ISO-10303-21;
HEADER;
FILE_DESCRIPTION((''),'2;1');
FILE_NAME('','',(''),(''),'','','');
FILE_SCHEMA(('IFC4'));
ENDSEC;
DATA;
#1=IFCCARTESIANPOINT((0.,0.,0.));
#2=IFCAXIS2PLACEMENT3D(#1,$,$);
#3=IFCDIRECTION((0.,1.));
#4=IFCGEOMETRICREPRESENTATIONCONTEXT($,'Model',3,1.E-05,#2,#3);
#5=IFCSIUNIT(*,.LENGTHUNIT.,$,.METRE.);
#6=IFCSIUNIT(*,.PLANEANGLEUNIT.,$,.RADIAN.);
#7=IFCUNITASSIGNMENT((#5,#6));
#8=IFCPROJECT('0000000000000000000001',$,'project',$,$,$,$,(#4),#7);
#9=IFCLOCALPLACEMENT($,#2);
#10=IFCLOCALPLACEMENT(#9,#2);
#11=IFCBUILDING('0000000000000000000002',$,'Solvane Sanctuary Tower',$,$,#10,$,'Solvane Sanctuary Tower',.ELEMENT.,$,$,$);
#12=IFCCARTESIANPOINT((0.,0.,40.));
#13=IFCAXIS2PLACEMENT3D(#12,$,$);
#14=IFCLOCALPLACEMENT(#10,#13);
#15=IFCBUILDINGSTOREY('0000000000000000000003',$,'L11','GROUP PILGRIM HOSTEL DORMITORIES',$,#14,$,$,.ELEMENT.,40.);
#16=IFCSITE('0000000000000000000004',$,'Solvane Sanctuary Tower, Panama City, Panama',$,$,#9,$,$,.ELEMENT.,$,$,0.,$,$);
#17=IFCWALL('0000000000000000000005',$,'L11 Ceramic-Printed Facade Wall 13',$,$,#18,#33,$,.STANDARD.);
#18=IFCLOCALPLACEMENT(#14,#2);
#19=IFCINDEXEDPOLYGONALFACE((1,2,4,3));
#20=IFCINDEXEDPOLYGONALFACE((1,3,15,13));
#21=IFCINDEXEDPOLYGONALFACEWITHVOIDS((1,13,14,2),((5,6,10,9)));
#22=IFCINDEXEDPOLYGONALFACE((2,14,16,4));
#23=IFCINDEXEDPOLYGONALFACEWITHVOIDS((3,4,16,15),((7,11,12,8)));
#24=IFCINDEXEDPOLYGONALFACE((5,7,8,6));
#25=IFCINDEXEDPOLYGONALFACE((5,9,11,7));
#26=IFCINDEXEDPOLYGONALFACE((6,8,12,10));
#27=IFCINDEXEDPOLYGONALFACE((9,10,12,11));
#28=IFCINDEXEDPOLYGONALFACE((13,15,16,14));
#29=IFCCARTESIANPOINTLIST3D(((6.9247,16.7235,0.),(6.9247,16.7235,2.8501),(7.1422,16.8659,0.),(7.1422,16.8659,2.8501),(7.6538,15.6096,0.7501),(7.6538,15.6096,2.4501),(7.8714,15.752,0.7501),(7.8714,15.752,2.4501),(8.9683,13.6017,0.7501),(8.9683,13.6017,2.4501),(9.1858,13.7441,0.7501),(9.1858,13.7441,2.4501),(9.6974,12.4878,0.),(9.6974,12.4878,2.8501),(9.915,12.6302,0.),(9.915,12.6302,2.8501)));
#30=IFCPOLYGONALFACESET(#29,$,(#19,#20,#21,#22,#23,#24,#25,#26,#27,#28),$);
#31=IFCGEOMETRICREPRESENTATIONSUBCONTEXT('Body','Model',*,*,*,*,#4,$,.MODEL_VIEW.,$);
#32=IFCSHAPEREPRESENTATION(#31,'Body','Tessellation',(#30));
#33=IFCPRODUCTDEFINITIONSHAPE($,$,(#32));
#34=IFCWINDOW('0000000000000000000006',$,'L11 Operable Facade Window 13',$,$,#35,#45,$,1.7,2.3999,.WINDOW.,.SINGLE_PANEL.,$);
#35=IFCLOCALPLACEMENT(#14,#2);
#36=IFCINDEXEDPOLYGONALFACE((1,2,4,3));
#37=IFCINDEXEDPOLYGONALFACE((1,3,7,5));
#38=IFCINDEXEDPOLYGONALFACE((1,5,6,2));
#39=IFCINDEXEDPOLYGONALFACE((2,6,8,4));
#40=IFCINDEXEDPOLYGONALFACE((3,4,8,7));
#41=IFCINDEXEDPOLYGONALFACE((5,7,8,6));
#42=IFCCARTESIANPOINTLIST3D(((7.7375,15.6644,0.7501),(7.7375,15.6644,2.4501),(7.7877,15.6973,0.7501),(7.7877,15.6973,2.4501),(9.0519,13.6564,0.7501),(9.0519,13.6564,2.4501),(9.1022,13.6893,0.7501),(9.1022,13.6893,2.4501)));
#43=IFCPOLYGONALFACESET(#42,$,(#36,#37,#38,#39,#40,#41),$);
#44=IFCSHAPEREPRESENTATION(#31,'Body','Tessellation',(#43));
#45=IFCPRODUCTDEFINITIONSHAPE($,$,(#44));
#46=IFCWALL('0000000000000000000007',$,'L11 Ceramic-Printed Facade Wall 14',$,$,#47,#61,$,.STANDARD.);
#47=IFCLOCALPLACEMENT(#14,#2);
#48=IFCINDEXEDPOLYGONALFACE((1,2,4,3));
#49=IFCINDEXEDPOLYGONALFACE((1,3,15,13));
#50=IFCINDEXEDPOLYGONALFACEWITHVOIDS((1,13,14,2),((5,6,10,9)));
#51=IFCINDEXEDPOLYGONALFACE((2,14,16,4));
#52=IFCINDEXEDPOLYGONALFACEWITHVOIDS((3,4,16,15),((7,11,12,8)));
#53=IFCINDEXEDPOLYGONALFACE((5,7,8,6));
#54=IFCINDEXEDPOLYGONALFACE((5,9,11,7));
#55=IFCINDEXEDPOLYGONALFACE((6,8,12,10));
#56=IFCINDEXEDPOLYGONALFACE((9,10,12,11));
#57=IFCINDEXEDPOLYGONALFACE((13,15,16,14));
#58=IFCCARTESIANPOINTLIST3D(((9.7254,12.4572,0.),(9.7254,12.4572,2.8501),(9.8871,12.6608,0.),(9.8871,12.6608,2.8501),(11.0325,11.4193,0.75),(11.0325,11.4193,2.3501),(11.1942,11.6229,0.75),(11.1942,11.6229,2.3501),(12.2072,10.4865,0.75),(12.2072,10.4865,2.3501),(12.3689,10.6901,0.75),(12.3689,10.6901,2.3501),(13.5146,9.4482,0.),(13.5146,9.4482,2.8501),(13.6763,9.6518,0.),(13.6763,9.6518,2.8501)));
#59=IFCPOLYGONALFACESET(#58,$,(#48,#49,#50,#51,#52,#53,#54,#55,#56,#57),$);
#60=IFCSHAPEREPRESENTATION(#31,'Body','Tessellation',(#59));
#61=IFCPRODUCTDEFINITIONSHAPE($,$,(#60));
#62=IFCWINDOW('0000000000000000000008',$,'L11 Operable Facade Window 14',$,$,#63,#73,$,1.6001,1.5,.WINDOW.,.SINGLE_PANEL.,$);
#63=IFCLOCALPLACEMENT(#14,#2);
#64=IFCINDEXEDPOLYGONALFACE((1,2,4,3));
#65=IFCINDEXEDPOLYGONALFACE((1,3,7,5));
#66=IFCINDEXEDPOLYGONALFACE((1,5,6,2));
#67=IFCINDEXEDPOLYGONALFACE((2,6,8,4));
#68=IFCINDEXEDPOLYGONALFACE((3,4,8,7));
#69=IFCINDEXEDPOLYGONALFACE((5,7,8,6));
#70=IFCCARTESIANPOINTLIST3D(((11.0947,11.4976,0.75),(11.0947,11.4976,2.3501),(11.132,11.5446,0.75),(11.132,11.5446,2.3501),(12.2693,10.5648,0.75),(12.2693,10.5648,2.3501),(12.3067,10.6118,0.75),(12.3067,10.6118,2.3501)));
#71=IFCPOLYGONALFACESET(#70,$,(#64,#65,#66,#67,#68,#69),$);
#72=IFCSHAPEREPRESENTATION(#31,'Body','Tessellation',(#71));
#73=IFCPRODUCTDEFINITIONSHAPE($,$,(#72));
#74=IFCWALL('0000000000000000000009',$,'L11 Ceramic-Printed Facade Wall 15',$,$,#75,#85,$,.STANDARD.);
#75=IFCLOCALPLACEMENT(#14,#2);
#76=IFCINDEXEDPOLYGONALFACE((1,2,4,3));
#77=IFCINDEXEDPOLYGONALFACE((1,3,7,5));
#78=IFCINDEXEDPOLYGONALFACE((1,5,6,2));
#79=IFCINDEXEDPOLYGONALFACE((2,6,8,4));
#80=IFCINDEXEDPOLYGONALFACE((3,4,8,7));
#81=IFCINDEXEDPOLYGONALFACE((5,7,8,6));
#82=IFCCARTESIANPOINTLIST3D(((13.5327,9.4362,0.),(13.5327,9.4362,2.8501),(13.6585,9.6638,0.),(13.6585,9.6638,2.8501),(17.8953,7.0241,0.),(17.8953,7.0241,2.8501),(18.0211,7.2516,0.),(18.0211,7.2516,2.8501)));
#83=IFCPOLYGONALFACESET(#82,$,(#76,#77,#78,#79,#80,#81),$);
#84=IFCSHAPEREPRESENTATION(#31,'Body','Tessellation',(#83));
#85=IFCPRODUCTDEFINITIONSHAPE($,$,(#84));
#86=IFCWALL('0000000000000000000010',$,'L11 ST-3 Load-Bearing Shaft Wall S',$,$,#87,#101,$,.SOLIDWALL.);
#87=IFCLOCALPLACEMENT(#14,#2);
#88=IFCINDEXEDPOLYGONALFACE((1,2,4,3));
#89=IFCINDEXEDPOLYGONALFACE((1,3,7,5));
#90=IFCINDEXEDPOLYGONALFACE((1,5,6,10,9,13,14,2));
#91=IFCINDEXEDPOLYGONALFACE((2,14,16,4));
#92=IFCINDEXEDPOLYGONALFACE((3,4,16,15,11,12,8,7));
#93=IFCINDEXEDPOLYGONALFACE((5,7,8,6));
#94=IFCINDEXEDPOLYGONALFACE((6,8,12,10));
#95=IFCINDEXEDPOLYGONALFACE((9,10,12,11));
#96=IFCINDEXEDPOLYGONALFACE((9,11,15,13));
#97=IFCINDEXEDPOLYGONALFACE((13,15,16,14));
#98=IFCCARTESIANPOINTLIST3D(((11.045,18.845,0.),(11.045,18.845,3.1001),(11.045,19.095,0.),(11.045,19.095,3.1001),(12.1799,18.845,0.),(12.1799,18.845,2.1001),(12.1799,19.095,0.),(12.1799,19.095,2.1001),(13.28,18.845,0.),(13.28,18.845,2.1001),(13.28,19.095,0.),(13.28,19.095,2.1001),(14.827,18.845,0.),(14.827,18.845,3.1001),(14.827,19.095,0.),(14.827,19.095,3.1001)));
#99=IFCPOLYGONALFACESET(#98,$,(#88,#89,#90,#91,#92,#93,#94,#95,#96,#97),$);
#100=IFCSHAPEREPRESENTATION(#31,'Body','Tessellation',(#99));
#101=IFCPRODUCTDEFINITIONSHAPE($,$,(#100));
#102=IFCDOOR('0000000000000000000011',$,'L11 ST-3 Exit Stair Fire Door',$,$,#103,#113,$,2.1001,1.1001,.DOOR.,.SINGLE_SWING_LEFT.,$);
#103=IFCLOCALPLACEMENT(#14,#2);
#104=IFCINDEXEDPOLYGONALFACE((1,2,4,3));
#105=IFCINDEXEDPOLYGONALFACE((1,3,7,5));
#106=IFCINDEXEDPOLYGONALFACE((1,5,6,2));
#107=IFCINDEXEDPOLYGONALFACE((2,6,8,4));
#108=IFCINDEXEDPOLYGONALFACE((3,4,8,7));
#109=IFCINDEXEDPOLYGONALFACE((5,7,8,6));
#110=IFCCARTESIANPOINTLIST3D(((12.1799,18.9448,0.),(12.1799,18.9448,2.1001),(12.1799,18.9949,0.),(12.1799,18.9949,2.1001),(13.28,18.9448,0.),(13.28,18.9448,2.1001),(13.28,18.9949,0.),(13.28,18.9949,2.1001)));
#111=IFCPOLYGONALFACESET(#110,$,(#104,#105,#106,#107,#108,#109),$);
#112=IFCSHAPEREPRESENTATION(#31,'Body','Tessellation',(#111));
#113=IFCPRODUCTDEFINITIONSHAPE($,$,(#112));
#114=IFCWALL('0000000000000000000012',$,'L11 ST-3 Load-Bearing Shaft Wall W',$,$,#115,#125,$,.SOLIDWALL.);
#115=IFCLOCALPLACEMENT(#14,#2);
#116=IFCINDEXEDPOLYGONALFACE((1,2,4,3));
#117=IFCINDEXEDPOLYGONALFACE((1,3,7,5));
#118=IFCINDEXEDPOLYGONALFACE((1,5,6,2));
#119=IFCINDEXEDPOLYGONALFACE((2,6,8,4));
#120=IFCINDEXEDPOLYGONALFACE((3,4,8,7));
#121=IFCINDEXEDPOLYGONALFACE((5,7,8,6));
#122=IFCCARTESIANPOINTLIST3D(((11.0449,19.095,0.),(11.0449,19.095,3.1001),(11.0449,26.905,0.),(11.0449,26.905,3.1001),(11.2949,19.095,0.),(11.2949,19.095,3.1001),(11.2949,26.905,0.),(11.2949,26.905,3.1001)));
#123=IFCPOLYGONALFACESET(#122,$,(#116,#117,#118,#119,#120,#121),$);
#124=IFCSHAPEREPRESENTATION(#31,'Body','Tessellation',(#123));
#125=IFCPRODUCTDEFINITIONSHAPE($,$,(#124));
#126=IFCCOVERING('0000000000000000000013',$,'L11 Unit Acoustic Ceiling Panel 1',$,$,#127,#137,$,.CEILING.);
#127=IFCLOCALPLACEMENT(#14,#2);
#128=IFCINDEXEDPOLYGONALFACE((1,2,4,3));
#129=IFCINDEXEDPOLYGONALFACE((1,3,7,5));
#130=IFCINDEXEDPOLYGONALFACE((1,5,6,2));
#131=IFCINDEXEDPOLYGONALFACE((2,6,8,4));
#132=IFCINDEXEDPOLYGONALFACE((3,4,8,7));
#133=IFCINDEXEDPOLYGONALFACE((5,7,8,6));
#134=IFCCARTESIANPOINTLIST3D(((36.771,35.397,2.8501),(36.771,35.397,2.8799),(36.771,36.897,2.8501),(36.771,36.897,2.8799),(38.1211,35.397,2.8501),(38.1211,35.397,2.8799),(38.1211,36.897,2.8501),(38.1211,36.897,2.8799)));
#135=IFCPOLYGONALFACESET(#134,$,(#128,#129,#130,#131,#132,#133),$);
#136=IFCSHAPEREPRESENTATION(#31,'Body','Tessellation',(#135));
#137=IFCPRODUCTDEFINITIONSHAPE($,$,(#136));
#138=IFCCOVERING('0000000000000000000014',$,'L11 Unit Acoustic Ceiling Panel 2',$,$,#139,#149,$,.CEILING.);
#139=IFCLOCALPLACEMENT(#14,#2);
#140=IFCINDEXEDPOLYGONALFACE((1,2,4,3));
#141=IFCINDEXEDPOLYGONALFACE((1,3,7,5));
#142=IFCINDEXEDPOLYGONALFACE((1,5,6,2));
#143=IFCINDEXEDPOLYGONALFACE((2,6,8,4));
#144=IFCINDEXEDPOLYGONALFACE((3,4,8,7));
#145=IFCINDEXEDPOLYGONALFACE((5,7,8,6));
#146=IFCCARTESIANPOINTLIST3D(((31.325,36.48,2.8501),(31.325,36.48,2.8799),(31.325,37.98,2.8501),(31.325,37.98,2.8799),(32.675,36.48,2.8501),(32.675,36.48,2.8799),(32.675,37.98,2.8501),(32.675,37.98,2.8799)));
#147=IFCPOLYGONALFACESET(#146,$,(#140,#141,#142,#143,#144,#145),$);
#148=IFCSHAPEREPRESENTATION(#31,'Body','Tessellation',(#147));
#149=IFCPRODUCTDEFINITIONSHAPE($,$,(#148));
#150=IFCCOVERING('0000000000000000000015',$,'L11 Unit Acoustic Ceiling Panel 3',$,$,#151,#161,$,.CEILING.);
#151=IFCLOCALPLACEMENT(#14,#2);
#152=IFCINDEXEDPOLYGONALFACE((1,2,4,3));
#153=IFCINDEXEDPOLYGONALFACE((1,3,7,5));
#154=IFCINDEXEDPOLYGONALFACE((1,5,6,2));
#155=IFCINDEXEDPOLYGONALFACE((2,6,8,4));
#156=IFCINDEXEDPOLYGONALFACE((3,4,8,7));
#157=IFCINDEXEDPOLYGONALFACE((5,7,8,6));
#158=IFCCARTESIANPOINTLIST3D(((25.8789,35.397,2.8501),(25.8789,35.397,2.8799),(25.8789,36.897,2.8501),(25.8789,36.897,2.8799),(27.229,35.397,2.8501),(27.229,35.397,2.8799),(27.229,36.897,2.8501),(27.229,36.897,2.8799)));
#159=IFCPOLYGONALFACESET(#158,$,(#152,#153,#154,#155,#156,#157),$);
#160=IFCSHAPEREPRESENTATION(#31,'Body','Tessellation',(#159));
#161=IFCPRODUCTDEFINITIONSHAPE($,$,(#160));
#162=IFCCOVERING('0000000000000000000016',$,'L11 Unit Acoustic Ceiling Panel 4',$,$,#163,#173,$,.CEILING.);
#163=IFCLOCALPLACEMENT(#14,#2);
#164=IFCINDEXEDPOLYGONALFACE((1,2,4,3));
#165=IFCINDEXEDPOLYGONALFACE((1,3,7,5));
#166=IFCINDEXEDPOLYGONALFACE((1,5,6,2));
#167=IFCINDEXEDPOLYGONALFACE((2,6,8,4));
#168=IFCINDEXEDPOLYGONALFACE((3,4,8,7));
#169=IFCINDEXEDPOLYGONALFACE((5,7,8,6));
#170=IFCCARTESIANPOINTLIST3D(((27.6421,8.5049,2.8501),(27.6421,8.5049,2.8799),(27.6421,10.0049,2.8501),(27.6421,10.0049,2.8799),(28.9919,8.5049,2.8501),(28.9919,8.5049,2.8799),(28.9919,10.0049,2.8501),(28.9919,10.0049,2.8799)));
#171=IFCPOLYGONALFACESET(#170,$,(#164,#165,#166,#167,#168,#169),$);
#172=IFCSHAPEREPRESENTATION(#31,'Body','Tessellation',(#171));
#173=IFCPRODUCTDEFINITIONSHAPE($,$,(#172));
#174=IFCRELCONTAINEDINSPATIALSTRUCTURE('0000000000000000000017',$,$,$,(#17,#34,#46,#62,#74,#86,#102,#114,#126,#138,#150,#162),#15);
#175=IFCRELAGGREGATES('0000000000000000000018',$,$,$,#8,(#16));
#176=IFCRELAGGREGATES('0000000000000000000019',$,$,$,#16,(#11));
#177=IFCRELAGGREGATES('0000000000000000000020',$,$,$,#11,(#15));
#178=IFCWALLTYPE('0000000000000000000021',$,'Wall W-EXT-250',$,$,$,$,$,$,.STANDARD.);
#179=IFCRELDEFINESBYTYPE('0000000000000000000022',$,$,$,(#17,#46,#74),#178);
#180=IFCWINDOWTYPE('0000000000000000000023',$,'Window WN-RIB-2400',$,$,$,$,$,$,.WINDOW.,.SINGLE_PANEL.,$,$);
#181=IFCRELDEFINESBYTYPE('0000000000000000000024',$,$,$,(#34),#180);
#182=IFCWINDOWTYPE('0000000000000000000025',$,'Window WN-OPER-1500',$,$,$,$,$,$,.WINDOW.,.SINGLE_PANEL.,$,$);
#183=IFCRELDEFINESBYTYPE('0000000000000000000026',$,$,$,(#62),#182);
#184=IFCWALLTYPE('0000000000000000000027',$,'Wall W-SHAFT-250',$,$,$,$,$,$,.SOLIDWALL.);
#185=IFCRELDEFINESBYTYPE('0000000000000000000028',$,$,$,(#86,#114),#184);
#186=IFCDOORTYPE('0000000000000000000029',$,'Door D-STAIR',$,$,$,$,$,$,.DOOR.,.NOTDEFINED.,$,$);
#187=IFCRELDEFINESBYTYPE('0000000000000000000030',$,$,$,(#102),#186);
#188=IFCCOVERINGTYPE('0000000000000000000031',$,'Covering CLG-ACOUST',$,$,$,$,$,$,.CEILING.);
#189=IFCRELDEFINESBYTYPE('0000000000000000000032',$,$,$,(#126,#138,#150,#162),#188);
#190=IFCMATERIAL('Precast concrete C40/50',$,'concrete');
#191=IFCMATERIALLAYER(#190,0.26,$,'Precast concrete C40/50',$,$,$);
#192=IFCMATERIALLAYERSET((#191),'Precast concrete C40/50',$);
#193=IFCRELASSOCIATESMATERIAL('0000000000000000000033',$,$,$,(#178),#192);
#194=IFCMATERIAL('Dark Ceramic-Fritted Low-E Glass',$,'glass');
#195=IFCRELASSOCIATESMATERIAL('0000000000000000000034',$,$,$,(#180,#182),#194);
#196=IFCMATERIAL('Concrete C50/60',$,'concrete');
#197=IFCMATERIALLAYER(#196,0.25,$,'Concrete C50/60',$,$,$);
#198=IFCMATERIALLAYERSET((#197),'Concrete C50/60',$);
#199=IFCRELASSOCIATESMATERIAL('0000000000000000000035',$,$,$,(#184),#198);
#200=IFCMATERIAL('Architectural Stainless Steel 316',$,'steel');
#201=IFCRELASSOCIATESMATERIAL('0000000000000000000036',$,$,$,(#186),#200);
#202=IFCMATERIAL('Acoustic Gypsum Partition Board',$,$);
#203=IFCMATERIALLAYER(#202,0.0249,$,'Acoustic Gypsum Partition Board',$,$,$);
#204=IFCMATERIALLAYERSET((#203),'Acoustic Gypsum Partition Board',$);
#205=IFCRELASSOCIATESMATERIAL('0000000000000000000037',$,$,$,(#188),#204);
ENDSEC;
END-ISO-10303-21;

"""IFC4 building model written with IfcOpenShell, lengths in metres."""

from ifc_helpers import new_model, si_unit, direction, frame, frame_2d, origin, place, context, subcontext, project, spatial, polyline, rectangle, outline, extrude, material, layer, layer_set, type_object, element, fill, save


model = new_model("IFC4")

# Units and contexts
model_context = context("Model", 3, precision=1e-05, world=origin(), true_north=direction((0.0, 1.0)))
body_context = subcontext(model_context, "Body", "Model", "MODEL_VIEW")
ifc_project = project(units=[si_unit("LENGTHUNIT", "METRE"), si_unit("PLANEANGLEUNIT", "RADIAN")], contexts=[model_context])

# Site, building, storey
site_placement = place(None, origin())
site = spatial("IfcSite", under=ifc_project, at=site_placement, Name="Solvane Sanctuary Tower, Panama City, Panama", CompositionType="ELEMENT", RefElevation=0.0)
building_placement = place(site_placement, origin())
building = spatial("IfcBuilding", under=site, at=building_placement, Name="Solvane Sanctuary Tower", LongName="Solvane Sanctuary Tower", CompositionType="ELEMENT")
storey_placement = place(building_placement, frame((0.0, 0.0, 40.0)))
storey = spatial("IfcBuildingStorey", under=building, at=storey_placement, Name="L11", Description="GROUP PILGRIM HOSTEL DORMITORIES", CompositionType="ELEMENT", Elevation=40.0)

# Shared definitions
ifc_material_1 = material(Name="Precast concrete C40/50", Category="concrete")

# Shared definitions
ifc_material_2 = material(Name="Acoustic Gypsum Partition Board")

# Walls, openings, windows
ifc_layer_1 = layer(ifc_material_1, 0.26, Name="Precast concrete C40/50")
ifc_layer_set_1 = layer_set([ifc_layer_1], Name="Precast concrete C40/50")
wall_type_1 = type_object("IfcWallType", Name="Wall W-EXT-250", PredefinedType="STANDARD", material=ifc_layer_set_1)
wall_1_placement = place(storey_placement, frame((7.0334, 16.7947, 0.0), z_axis=(0.0, 0.0, 1.0), x_axis=(0.547703, -0.836673, 0.0)))
wall_1 = element("IfcWall", 1, at=wall_1_placement, inside=storey, type_object=wall_type_1, Name="L11 Ceramic-Printed Facade Wall 13", PredefinedType="STANDARD", context=body_context, shape_type="SweptSolid", body=[
    extrude(rectangle(XDim=5.0625, YDim=0.26, at=frame_2d((2.5312, 0.0))), origin(), (0.0, 0.0, 1.0), 2.8501),
])
opening_1_placement = place(wall_1_placement, frame((1.3313, 0.0, 0.75)))
opening_1 = element("IfcOpeningElement", 2, at=opening_1_placement, cuts=wall_1, PredefinedType="OPENING", context=body_context, shape_type="SweptSolid", body=[
    extrude(rectangle(XDim=2.3999, YDim=1.7, at=frame_2d((1.2, 0.8501))), frame((0.0, 0.1399, 0.0), z_axis=(0.0, -1.0, 0.0), x_axis=(1.0, 0.0, 0.0)), (0.0, 0.0, 1.0), 0.28),
])
ifc_material_3 = material(Name="Dark Ceramic-Fritted Low-E Glass", Category="glass")
window_type_1 = type_object("IfcWindowType", Name="Window WN-RIB-2400", PartitioningType="SINGLE_PANEL", PredefinedType="WINDOW", material=ifc_material_3)
window_1_placement = place(opening_1_placement, origin())
window_1 = element("IfcWindow", 3, at=window_1_placement, inside=storey, type_object=window_type_1, Name="L11 Operable Facade Window 13", OverallHeight=1.7, OverallWidth=2.3999, PartitioningType="SINGLE_PANEL", PredefinedType="WINDOW", context=body_context, shape_type="SweptSolid", body=[
    extrude(rectangle(XDim=2.3999, YDim=1.7, at=frame_2d((1.2, 0.8501))), frame((0.0, 0.03, 0.0), z_axis=(0.0, -1.0, 0.0), x_axis=(1.0, 0.0, 0.0)), (0.0, 0.0, 1.0), 0.0601),
])
fill(opening_1, window_1)
wall_2_placement = place(storey_placement, frame((9.8062, 12.5591, 0.0), z_axis=(0.0, 0.0, 1.0), x_axis=(0.783123, -0.621867, 0.0)))
wall_2 = element("IfcWall", 4, at=wall_2_placement, inside=storey, type_object=wall_type_1, Name="L11 Ceramic-Printed Facade Wall 14", PredefinedType="STANDARD", context=body_context, shape_type="SweptSolid", body=[
    extrude(rectangle(XDim=4.8386, YDim=0.26, at=frame_2d((2.4194, 0.0))), origin(), (0.0, 0.0, 1.0), 2.8501),
])
opening_2_placement = place(wall_2_placement, frame((1.6692, 0.0, 0.75)))
opening_2 = element("IfcOpeningElement", 5, at=opening_2_placement, cuts=wall_2, PredefinedType="OPENING", context=body_context, shape_type="SweptSolid", body=[
    extrude(rectangle(XDim=1.5, YDim=1.6001, at=frame_2d((0.75, 0.8))), frame((0.0, 0.1399, 0.0), z_axis=(0.0, -1.0, 0.0), x_axis=(1.0, 0.0, 0.0)), (0.0, 0.0, 1.0), 0.28),
])
window_type_2 = type_object("IfcWindowType", Name="Window WN-OPER-1500", PartitioningType="SINGLE_PANEL", PredefinedType="WINDOW", material=ifc_material_3)
window_2_placement = place(opening_2_placement, origin())
window_2 = element("IfcWindow", 6, at=window_2_placement, inside=storey, type_object=window_type_2, Name="L11 Operable Facade Window 14", OverallHeight=1.6001, OverallWidth=1.5, PartitioningType="SINGLE_PANEL", PredefinedType="WINDOW", context=body_context, shape_type="SweptSolid", body=[
    extrude(rectangle(XDim=1.5, YDim=1.6001, at=frame_2d((0.75, 0.8))), frame((0.0, 0.03, 0.0), z_axis=(0.0, -1.0, 0.0), x_axis=(1.0, 0.0, 0.0)), (0.0, 0.0, 1.0), 0.0601),
])
fill(opening_2, window_2)

# Wall
wall_3_placement = place(storey_placement, frame((13.5955, 9.55, 0.0), z_axis=(0.0, 0.0, 1.0), x_axis=(0.875137, -0.483875, 0.0)))
element("IfcWall", 7, at=wall_3_placement, inside=storey, type_object=wall_type_1, Name="L11 Ceramic-Printed Facade Wall 15", PredefinedType="STANDARD", context=body_context, shape_type="SweptSolid", body=[
    extrude(rectangle(XDim=4.9851, YDim=0.26, at=frame_2d((2.4927, 0.0))), origin(), (0.0, 0.0, 1.0), 2.8501),
])

# Wall, opening, door
ifc_material_4 = material(Name="Concrete C50/60", Category="concrete")
ifc_layer_2 = layer(ifc_material_4, 0.25, Name="Concrete C50/60")
ifc_layer_set_2 = layer_set([ifc_layer_2], Name="Concrete C50/60")
wall_type_2 = type_object("IfcWallType", Name="Wall W-SHAFT-250", PredefinedType="SOLIDWALL", material=ifc_layer_set_2)
wall_4_placement = place(storey_placement, frame((11.0449, 18.97, 0.0), z_axis=(0.0, 0.0, 1.0), x_axis=(1.0, 0.0, 0.0)))
wall_4 = element("IfcWall", 8, at=wall_4_placement, inside=storey, type_object=wall_type_2, Name="L11 ST-3 Load-Bearing Shaft Wall S", PredefinedType="SOLIDWALL", context=body_context, shape_type="SweptSolid", body=[
    extrude(rectangle(XDim=3.782, YDim=0.25, at=frame_2d((1.8911, 0.0))), origin(), (0.0, 0.0, 1.0), 3.1001),
])
opening_3_placement = place(wall_4_placement, frame((1.135, 0.0, 0.0)))
opening_3 = element("IfcOpeningElement", 9, at=opening_3_placement, cuts=wall_4, PredefinedType="OPENING", context=body_context, shape_type="SweptSolid", body=[
    extrude(rectangle(XDim=1.1001, YDim=2.1001, at=frame_2d((0.55, 1.05))), frame((0.0, 0.135, 0.0), z_axis=(0.0, -1.0, 0.0), x_axis=(1.0, 0.0, 0.0)), (0.0, 0.0, 1.0), 0.27),
])
ifc_material_5 = material(Name="Architectural Stainless Steel 316", Category="steel")
door_type_1 = type_object("IfcDoorType", Name="Door D-STAIR", OperationType="NOTDEFINED", PredefinedType="DOOR", material=ifc_material_5)
door_1_placement = place(opening_3_placement, origin())
door_1 = element("IfcDoor", 10, at=door_1_placement, inside=storey, type_object=door_type_1, Name="L11 ST-3 Exit Stair Fire Door", OperationType="SINGLE_SWING_LEFT", OverallHeight=2.1001, OverallWidth=1.1001, PredefinedType="DOOR", context=body_context, shape_type="SweptSolid", body=[
    extrude(rectangle(XDim=1.1001, YDim=2.1001, at=frame_2d((0.55, 1.05))), frame((0.0, 0.0249, 0.0), z_axis=(0.0, -1.0, 0.0), x_axis=(1.0, 0.0, 0.0)), (0.0, 0.0, 1.0), 0.05),
])
fill(opening_3, door_1)

# Wall
wall_5_placement = place(storey_placement, frame((11.1699, 19.095, 0.0), z_axis=(0.0, 0.0, 1.0), x_axis=(0.0, 1.0, 0.0)))
element("IfcWall", 11, at=wall_5_placement, inside=storey, type_object=wall_type_2, Name="L11 ST-3 Load-Bearing Shaft Wall W", PredefinedType="SOLIDWALL", context=body_context, shape_type="SweptSolid", body=[
    extrude(rectangle(XDim=7.8101, YDim=0.25, at=frame_2d((3.905, 0.0))), origin(), (0.0, 0.0, 1.0), 3.1001),
])

# Coverings
ifc_layer_3 = layer(ifc_material_2, 0.0249, Name="Acoustic Gypsum Partition Board")
ifc_layer_set_3 = layer_set([ifc_layer_3], Name="Acoustic Gypsum Partition Board")
covering_type_1 = type_object("IfcCoveringType", Name="Covering CLG-ACOUST", PredefinedType="CEILING", material=ifc_layer_set_3)
covering_1_placement = place(storey_placement, frame((0.0, 0.0, 2.8501)))
element("IfcCovering", 12, at=covering_1_placement, inside=storey, type_object=covering_type_1, Name="L11 Unit Acoustic Ceiling Panel 1", PredefinedType="CEILING", context=body_context, shape_type="SweptSolid", body=[
    extrude(outline(polyline([(36.771, 35.397), (38.1211, 35.397), (38.1211, 36.897), (36.771, 36.897), (36.771, 35.397)])), origin(), (0.0, 0.0, 1.0), 0.0298),
])
covering_2_placement = place(storey_placement, frame((0.0, 0.0, 2.8501)))
element("IfcCovering", 13, at=covering_2_placement, inside=storey, type_object=covering_type_1, Name="L11 Unit Acoustic Ceiling Panel 2", PredefinedType="CEILING", context=body_context, shape_type="SweptSolid", body=[
    extrude(outline(polyline([(31.325, 36.48), (32.675, 36.48), (32.675, 37.98), (31.325, 37.98), (31.325, 36.48)])), origin(), (0.0, 0.0, 1.0), 0.0298),
])
covering_3_placement = place(storey_placement, frame((0.0, 0.0, 2.8501)))
element("IfcCovering", 14, at=covering_3_placement, inside=storey, type_object=covering_type_1, Name="L11 Unit Acoustic Ceiling Panel 3", PredefinedType="CEILING", context=body_context, shape_type="SweptSolid", body=[
    extrude(outline(polyline([(25.8789, 35.397), (27.229, 35.397), (27.229, 36.897), (25.8789, 36.897), (25.8789, 35.397)])), origin(), (0.0, 0.0, 1.0), 0.0298),
])
covering_4_placement = place(storey_placement, frame((0.0, 0.0, 2.8501)))
element("IfcCovering", 15, at=covering_4_placement, inside=storey, type_object=covering_type_1, Name="L11 Unit Acoustic Ceiling Panel 4", PredefinedType="CEILING", context=body_context, shape_type="SweptSolid", body=[
    extrude(outline(polyline([(27.6421, 8.5049), (28.9919, 8.5049), (28.9919, 10.0049), (27.6421, 10.0049), (27.6421, 8.5049)])), origin(), (0.0, 0.0, 1.0), 0.0298),
])

save(model, "model.ifc")
